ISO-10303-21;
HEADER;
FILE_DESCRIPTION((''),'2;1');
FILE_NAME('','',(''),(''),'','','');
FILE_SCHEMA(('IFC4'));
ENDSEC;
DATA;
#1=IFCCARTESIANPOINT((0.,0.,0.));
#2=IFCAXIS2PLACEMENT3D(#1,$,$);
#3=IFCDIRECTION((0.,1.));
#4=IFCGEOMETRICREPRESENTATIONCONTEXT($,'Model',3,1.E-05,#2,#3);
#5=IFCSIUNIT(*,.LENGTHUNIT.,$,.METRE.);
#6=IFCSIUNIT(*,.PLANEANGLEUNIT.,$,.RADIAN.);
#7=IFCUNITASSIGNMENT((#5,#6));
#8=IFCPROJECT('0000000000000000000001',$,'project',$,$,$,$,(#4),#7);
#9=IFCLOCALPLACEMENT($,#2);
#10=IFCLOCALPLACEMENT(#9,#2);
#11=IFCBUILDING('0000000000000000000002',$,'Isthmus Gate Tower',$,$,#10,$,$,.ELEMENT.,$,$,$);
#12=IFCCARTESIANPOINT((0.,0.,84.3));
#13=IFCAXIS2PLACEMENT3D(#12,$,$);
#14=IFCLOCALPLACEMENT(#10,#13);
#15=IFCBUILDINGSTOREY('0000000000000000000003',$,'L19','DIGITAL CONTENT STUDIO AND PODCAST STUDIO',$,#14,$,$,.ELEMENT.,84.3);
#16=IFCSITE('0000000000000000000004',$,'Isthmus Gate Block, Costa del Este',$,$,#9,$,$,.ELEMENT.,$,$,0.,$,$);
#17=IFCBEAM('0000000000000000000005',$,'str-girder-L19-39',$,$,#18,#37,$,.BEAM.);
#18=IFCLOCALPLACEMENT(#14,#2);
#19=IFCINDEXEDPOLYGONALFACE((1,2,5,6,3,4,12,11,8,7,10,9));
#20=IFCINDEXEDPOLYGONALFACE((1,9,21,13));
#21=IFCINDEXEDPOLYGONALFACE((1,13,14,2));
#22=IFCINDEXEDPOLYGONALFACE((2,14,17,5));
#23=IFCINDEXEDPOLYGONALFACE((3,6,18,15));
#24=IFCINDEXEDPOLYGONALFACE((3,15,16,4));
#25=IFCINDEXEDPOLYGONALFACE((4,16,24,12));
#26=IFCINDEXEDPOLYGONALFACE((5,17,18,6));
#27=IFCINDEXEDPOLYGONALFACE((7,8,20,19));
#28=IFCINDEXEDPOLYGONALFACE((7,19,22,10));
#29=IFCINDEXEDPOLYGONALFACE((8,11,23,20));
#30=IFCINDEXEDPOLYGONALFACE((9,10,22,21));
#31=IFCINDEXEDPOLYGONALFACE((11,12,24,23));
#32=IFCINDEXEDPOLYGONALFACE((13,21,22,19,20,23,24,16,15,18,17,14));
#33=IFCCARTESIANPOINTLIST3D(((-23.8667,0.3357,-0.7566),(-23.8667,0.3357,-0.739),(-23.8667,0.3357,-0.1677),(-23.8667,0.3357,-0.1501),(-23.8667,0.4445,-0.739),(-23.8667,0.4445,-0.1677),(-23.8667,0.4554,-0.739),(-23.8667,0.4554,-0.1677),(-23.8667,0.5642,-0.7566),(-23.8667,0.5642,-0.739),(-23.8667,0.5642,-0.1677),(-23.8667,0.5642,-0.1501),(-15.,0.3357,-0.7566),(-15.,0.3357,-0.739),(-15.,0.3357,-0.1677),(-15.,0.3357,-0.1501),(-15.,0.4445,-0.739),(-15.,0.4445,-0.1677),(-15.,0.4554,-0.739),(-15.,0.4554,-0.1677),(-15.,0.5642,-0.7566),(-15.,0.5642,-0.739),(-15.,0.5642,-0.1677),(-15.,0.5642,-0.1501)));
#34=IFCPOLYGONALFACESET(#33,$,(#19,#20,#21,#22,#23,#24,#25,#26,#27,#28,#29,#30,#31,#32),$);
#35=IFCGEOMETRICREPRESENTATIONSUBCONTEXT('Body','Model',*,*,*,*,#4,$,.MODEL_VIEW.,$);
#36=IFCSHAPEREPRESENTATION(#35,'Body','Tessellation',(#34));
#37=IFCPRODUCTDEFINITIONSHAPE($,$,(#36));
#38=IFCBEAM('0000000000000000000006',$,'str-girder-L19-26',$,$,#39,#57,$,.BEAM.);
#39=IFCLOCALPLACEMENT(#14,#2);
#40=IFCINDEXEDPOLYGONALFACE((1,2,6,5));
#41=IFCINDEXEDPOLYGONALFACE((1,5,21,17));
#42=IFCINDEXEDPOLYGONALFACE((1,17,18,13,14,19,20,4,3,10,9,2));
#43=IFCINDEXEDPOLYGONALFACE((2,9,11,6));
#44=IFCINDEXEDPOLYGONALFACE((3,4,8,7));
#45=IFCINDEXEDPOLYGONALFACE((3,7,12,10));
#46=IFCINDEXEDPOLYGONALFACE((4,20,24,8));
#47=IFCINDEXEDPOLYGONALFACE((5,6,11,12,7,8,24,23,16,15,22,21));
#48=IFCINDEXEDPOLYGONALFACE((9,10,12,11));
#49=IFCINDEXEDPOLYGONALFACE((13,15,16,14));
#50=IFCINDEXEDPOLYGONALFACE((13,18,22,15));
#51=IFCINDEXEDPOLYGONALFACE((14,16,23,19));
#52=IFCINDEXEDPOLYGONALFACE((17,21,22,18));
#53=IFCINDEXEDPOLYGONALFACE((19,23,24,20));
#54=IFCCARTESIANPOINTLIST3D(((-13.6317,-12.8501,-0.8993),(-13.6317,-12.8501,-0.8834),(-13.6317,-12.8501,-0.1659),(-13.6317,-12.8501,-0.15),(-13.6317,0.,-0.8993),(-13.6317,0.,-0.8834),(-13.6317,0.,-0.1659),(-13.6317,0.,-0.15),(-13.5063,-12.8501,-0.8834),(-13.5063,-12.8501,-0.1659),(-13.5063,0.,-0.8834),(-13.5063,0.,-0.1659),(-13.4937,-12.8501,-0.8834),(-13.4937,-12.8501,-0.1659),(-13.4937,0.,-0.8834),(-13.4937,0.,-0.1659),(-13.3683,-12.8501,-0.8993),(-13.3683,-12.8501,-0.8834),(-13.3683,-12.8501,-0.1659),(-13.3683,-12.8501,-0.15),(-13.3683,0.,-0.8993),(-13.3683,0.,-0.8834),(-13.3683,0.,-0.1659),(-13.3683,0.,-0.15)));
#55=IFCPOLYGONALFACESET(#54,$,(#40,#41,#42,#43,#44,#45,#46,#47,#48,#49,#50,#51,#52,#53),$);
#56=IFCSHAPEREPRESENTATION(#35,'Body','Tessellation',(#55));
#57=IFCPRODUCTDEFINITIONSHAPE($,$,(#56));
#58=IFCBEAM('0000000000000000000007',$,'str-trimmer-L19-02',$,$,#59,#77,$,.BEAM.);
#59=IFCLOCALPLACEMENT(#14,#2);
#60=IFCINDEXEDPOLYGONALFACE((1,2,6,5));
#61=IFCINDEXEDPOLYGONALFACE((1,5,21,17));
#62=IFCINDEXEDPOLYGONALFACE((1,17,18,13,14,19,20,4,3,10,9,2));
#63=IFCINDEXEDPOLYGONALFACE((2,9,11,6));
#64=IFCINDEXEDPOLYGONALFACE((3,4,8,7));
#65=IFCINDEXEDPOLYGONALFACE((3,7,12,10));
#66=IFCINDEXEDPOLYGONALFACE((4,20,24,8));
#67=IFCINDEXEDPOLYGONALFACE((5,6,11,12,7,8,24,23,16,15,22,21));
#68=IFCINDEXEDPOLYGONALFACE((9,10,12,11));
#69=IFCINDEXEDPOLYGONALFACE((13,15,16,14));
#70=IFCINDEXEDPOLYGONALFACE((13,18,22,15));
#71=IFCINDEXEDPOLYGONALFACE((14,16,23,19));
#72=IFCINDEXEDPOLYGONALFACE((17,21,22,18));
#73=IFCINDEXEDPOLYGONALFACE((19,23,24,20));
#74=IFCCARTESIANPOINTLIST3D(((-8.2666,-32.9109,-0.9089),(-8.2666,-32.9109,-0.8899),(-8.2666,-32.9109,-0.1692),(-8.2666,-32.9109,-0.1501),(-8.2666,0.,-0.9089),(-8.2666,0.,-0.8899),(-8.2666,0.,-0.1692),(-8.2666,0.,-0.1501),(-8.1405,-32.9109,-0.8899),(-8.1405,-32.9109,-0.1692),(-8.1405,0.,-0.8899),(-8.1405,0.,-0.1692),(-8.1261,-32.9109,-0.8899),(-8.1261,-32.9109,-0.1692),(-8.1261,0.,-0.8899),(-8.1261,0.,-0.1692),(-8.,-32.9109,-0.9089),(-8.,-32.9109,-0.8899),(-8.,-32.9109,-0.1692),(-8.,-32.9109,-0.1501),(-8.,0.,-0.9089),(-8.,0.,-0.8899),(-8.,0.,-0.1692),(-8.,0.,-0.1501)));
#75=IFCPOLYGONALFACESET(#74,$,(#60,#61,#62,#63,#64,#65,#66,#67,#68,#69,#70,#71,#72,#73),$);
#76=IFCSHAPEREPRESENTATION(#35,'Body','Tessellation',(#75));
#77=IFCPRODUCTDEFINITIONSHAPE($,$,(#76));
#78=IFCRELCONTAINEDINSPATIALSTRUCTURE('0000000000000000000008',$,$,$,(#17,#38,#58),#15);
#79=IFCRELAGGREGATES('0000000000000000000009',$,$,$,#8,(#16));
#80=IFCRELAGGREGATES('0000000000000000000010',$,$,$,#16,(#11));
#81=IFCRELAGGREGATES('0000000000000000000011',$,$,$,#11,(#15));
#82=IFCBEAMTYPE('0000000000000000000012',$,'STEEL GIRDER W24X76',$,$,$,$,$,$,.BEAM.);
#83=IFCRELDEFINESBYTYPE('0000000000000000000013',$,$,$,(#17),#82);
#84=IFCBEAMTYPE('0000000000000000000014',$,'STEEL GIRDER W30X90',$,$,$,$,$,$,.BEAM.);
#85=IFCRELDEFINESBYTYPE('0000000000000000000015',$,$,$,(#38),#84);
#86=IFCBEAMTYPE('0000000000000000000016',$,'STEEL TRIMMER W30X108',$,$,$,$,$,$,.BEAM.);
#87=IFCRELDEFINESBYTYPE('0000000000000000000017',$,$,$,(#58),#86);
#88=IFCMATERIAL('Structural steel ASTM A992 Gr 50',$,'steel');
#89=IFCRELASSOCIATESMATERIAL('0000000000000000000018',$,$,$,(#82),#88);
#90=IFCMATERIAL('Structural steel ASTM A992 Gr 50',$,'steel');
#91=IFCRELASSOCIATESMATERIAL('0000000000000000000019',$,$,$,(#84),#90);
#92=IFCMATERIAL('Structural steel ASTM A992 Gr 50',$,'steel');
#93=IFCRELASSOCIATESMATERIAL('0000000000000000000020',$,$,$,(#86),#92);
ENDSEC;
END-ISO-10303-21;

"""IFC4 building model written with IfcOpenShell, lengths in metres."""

from ifc_helpers import new_model, si_unit, direction, frame, origin, origin_2d, place, context, subcontext, project, spatial, i_section, extrude, material, material_profile, profile_set, type_object, element, save


model = new_model("IFC4")

# Units and contexts
model_context = context("Model", 3, precision=1e-05, world=origin(), true_north=direction((0.0, 1.0)))
body_context = subcontext(model_context, "Body", "Model", "MODEL_VIEW")
ifc_project = project(units=[si_unit("LENGTHUNIT", "METRE"), si_unit("PLANEANGLEUNIT", "RADIAN")], contexts=[model_context])

# Site, building, storey
site_placement = place(None, origin())
site = spatial("IfcSite", under=ifc_project, at=site_placement, Name="Isthmus Gate Block, Costa del Este", CompositionType="ELEMENT", RefElevation=0.0)
building_placement = place(site_placement, origin())
building = spatial("IfcBuilding", under=site, at=building_placement, Name="Isthmus Gate Tower", CompositionType="ELEMENT")
storey_placement = place(building_placement, frame((0.0, 0.0, 84.3)))
storey = spatial("IfcBuildingStorey", under=building, at=storey_placement, Name="L19", Description="DIGITAL CONTENT STUDIO AND PODCAST STUDIO", CompositionType="ELEMENT", Elevation=84.3)

# Beams
ifc_material_1 = material(Name="Structural steel ASTM A992 Gr 50", Category="steel")
ifc_material_profile_1 = material_profile(ifc_material_1, i_section(OverallWidth=0.2285, OverallDepth=0.6064, WebThickness=0.011, FlangeThickness=0.0176, at=origin_2d()), Name="W24X76")
ifc_profile_set_1 = profile_set([ifc_material_profile_1], Name="Structural steel ASTM A992 Gr 50")
beam_type_1 = type_object("IfcBeamType", Name="STEEL GIRDER W24X76", PredefinedType="BEAM", material=ifc_profile_set_1)
beam_1_placement = place(storey_placement, frame((-15.0, 0.45, -0.4534), z_axis=(-1.0, 0.0, 0.0), x_axis=(0.0, -1.0, 0.0)))
element("IfcBeam", 1, at=beam_1_placement, inside=storey, type_object=beam_type_1, Name="str-girder-L19-39", PredefinedType="BEAM", context=body_context, shape_type="SweptSolid", body=[
    extrude(i_section(OverallWidth=0.2285, OverallDepth=0.6064, WebThickness=0.011, FlangeThickness=0.0176, at=origin_2d()), origin(), (0.0, 0.0, 1.0), 8.8667),
])
ifc_material_2 = material(Name="Structural steel ASTM A992 Gr 50", Category="steel")
ifc_material_profile_2 = material_profile(ifc_material_2, i_section(OverallWidth=0.2634, OverallDepth=0.7493, WebThickness=0.0127, FlangeThickness=0.0159, at=origin_2d()), Name="W30X90")
ifc_profile_set_2 = profile_set([ifc_material_profile_2], Name="Structural steel ASTM A992 Gr 50")
beam_type_2 = type_object("IfcBeamType", Name="STEEL GIRDER W30X90", PredefinedType="BEAM", material=ifc_profile_set_2)
beam_2_placement = place(storey_placement, frame((-13.5, -12.8501, -0.5247), z_axis=(0.0, 1.0, 0.0), x_axis=(-1.0, 0.0, 0.0)))
element("IfcBeam", 2, at=beam_2_placement, inside=storey, type_object=beam_type_2, Name="str-girder-L19-26", PredefinedType="BEAM", context=body_context, shape_type="SweptSolid", body=[
    extrude(i_section(OverallWidth=0.2634, OverallDepth=0.7493, WebThickness=0.0127, FlangeThickness=0.0159, at=origin_2d()), origin(), (0.0, 0.0, 1.0), 12.8501),
])
ifc_material_3 = material(Name="Structural steel ASTM A992 Gr 50", Category="steel")
ifc_material_profile_3 = material_profile(ifc_material_3, i_section(OverallWidth=0.2666, OverallDepth=0.7588, WebThickness=0.0144, FlangeThickness=0.019, at=origin_2d()), Name="W30X108")
ifc_profile_set_3 = profile_set([ifc_material_profile_3], Name="Structural steel ASTM A992 Gr 50")
beam_type_3 = type_object("IfcBeamType", Name="STEEL TRIMMER W30X108", PredefinedType="BEAM", material=ifc_profile_set_3)
beam_3_placement = place(storey_placement, frame((-8.1333, 0.0, -0.5295), z_axis=(0.0, -1.0, 0.0), x_axis=(1.0, 0.0, 0.0)))
element("IfcBeam", 3, at=beam_3_placement, inside=storey, type_object=beam_type_3, Name="str-trimmer-L19-02", PredefinedType="BEAM", context=body_context, shape_type="SweptSolid", body=[
    extrude(i_section(OverallWidth=0.2666, OverallDepth=0.7588, WebThickness=0.0144, FlangeThickness=0.019, at=origin_2d()), origin(), (0.0, 0.0, 1.0), 32.9109),
])

save(model, "model.ifc")
